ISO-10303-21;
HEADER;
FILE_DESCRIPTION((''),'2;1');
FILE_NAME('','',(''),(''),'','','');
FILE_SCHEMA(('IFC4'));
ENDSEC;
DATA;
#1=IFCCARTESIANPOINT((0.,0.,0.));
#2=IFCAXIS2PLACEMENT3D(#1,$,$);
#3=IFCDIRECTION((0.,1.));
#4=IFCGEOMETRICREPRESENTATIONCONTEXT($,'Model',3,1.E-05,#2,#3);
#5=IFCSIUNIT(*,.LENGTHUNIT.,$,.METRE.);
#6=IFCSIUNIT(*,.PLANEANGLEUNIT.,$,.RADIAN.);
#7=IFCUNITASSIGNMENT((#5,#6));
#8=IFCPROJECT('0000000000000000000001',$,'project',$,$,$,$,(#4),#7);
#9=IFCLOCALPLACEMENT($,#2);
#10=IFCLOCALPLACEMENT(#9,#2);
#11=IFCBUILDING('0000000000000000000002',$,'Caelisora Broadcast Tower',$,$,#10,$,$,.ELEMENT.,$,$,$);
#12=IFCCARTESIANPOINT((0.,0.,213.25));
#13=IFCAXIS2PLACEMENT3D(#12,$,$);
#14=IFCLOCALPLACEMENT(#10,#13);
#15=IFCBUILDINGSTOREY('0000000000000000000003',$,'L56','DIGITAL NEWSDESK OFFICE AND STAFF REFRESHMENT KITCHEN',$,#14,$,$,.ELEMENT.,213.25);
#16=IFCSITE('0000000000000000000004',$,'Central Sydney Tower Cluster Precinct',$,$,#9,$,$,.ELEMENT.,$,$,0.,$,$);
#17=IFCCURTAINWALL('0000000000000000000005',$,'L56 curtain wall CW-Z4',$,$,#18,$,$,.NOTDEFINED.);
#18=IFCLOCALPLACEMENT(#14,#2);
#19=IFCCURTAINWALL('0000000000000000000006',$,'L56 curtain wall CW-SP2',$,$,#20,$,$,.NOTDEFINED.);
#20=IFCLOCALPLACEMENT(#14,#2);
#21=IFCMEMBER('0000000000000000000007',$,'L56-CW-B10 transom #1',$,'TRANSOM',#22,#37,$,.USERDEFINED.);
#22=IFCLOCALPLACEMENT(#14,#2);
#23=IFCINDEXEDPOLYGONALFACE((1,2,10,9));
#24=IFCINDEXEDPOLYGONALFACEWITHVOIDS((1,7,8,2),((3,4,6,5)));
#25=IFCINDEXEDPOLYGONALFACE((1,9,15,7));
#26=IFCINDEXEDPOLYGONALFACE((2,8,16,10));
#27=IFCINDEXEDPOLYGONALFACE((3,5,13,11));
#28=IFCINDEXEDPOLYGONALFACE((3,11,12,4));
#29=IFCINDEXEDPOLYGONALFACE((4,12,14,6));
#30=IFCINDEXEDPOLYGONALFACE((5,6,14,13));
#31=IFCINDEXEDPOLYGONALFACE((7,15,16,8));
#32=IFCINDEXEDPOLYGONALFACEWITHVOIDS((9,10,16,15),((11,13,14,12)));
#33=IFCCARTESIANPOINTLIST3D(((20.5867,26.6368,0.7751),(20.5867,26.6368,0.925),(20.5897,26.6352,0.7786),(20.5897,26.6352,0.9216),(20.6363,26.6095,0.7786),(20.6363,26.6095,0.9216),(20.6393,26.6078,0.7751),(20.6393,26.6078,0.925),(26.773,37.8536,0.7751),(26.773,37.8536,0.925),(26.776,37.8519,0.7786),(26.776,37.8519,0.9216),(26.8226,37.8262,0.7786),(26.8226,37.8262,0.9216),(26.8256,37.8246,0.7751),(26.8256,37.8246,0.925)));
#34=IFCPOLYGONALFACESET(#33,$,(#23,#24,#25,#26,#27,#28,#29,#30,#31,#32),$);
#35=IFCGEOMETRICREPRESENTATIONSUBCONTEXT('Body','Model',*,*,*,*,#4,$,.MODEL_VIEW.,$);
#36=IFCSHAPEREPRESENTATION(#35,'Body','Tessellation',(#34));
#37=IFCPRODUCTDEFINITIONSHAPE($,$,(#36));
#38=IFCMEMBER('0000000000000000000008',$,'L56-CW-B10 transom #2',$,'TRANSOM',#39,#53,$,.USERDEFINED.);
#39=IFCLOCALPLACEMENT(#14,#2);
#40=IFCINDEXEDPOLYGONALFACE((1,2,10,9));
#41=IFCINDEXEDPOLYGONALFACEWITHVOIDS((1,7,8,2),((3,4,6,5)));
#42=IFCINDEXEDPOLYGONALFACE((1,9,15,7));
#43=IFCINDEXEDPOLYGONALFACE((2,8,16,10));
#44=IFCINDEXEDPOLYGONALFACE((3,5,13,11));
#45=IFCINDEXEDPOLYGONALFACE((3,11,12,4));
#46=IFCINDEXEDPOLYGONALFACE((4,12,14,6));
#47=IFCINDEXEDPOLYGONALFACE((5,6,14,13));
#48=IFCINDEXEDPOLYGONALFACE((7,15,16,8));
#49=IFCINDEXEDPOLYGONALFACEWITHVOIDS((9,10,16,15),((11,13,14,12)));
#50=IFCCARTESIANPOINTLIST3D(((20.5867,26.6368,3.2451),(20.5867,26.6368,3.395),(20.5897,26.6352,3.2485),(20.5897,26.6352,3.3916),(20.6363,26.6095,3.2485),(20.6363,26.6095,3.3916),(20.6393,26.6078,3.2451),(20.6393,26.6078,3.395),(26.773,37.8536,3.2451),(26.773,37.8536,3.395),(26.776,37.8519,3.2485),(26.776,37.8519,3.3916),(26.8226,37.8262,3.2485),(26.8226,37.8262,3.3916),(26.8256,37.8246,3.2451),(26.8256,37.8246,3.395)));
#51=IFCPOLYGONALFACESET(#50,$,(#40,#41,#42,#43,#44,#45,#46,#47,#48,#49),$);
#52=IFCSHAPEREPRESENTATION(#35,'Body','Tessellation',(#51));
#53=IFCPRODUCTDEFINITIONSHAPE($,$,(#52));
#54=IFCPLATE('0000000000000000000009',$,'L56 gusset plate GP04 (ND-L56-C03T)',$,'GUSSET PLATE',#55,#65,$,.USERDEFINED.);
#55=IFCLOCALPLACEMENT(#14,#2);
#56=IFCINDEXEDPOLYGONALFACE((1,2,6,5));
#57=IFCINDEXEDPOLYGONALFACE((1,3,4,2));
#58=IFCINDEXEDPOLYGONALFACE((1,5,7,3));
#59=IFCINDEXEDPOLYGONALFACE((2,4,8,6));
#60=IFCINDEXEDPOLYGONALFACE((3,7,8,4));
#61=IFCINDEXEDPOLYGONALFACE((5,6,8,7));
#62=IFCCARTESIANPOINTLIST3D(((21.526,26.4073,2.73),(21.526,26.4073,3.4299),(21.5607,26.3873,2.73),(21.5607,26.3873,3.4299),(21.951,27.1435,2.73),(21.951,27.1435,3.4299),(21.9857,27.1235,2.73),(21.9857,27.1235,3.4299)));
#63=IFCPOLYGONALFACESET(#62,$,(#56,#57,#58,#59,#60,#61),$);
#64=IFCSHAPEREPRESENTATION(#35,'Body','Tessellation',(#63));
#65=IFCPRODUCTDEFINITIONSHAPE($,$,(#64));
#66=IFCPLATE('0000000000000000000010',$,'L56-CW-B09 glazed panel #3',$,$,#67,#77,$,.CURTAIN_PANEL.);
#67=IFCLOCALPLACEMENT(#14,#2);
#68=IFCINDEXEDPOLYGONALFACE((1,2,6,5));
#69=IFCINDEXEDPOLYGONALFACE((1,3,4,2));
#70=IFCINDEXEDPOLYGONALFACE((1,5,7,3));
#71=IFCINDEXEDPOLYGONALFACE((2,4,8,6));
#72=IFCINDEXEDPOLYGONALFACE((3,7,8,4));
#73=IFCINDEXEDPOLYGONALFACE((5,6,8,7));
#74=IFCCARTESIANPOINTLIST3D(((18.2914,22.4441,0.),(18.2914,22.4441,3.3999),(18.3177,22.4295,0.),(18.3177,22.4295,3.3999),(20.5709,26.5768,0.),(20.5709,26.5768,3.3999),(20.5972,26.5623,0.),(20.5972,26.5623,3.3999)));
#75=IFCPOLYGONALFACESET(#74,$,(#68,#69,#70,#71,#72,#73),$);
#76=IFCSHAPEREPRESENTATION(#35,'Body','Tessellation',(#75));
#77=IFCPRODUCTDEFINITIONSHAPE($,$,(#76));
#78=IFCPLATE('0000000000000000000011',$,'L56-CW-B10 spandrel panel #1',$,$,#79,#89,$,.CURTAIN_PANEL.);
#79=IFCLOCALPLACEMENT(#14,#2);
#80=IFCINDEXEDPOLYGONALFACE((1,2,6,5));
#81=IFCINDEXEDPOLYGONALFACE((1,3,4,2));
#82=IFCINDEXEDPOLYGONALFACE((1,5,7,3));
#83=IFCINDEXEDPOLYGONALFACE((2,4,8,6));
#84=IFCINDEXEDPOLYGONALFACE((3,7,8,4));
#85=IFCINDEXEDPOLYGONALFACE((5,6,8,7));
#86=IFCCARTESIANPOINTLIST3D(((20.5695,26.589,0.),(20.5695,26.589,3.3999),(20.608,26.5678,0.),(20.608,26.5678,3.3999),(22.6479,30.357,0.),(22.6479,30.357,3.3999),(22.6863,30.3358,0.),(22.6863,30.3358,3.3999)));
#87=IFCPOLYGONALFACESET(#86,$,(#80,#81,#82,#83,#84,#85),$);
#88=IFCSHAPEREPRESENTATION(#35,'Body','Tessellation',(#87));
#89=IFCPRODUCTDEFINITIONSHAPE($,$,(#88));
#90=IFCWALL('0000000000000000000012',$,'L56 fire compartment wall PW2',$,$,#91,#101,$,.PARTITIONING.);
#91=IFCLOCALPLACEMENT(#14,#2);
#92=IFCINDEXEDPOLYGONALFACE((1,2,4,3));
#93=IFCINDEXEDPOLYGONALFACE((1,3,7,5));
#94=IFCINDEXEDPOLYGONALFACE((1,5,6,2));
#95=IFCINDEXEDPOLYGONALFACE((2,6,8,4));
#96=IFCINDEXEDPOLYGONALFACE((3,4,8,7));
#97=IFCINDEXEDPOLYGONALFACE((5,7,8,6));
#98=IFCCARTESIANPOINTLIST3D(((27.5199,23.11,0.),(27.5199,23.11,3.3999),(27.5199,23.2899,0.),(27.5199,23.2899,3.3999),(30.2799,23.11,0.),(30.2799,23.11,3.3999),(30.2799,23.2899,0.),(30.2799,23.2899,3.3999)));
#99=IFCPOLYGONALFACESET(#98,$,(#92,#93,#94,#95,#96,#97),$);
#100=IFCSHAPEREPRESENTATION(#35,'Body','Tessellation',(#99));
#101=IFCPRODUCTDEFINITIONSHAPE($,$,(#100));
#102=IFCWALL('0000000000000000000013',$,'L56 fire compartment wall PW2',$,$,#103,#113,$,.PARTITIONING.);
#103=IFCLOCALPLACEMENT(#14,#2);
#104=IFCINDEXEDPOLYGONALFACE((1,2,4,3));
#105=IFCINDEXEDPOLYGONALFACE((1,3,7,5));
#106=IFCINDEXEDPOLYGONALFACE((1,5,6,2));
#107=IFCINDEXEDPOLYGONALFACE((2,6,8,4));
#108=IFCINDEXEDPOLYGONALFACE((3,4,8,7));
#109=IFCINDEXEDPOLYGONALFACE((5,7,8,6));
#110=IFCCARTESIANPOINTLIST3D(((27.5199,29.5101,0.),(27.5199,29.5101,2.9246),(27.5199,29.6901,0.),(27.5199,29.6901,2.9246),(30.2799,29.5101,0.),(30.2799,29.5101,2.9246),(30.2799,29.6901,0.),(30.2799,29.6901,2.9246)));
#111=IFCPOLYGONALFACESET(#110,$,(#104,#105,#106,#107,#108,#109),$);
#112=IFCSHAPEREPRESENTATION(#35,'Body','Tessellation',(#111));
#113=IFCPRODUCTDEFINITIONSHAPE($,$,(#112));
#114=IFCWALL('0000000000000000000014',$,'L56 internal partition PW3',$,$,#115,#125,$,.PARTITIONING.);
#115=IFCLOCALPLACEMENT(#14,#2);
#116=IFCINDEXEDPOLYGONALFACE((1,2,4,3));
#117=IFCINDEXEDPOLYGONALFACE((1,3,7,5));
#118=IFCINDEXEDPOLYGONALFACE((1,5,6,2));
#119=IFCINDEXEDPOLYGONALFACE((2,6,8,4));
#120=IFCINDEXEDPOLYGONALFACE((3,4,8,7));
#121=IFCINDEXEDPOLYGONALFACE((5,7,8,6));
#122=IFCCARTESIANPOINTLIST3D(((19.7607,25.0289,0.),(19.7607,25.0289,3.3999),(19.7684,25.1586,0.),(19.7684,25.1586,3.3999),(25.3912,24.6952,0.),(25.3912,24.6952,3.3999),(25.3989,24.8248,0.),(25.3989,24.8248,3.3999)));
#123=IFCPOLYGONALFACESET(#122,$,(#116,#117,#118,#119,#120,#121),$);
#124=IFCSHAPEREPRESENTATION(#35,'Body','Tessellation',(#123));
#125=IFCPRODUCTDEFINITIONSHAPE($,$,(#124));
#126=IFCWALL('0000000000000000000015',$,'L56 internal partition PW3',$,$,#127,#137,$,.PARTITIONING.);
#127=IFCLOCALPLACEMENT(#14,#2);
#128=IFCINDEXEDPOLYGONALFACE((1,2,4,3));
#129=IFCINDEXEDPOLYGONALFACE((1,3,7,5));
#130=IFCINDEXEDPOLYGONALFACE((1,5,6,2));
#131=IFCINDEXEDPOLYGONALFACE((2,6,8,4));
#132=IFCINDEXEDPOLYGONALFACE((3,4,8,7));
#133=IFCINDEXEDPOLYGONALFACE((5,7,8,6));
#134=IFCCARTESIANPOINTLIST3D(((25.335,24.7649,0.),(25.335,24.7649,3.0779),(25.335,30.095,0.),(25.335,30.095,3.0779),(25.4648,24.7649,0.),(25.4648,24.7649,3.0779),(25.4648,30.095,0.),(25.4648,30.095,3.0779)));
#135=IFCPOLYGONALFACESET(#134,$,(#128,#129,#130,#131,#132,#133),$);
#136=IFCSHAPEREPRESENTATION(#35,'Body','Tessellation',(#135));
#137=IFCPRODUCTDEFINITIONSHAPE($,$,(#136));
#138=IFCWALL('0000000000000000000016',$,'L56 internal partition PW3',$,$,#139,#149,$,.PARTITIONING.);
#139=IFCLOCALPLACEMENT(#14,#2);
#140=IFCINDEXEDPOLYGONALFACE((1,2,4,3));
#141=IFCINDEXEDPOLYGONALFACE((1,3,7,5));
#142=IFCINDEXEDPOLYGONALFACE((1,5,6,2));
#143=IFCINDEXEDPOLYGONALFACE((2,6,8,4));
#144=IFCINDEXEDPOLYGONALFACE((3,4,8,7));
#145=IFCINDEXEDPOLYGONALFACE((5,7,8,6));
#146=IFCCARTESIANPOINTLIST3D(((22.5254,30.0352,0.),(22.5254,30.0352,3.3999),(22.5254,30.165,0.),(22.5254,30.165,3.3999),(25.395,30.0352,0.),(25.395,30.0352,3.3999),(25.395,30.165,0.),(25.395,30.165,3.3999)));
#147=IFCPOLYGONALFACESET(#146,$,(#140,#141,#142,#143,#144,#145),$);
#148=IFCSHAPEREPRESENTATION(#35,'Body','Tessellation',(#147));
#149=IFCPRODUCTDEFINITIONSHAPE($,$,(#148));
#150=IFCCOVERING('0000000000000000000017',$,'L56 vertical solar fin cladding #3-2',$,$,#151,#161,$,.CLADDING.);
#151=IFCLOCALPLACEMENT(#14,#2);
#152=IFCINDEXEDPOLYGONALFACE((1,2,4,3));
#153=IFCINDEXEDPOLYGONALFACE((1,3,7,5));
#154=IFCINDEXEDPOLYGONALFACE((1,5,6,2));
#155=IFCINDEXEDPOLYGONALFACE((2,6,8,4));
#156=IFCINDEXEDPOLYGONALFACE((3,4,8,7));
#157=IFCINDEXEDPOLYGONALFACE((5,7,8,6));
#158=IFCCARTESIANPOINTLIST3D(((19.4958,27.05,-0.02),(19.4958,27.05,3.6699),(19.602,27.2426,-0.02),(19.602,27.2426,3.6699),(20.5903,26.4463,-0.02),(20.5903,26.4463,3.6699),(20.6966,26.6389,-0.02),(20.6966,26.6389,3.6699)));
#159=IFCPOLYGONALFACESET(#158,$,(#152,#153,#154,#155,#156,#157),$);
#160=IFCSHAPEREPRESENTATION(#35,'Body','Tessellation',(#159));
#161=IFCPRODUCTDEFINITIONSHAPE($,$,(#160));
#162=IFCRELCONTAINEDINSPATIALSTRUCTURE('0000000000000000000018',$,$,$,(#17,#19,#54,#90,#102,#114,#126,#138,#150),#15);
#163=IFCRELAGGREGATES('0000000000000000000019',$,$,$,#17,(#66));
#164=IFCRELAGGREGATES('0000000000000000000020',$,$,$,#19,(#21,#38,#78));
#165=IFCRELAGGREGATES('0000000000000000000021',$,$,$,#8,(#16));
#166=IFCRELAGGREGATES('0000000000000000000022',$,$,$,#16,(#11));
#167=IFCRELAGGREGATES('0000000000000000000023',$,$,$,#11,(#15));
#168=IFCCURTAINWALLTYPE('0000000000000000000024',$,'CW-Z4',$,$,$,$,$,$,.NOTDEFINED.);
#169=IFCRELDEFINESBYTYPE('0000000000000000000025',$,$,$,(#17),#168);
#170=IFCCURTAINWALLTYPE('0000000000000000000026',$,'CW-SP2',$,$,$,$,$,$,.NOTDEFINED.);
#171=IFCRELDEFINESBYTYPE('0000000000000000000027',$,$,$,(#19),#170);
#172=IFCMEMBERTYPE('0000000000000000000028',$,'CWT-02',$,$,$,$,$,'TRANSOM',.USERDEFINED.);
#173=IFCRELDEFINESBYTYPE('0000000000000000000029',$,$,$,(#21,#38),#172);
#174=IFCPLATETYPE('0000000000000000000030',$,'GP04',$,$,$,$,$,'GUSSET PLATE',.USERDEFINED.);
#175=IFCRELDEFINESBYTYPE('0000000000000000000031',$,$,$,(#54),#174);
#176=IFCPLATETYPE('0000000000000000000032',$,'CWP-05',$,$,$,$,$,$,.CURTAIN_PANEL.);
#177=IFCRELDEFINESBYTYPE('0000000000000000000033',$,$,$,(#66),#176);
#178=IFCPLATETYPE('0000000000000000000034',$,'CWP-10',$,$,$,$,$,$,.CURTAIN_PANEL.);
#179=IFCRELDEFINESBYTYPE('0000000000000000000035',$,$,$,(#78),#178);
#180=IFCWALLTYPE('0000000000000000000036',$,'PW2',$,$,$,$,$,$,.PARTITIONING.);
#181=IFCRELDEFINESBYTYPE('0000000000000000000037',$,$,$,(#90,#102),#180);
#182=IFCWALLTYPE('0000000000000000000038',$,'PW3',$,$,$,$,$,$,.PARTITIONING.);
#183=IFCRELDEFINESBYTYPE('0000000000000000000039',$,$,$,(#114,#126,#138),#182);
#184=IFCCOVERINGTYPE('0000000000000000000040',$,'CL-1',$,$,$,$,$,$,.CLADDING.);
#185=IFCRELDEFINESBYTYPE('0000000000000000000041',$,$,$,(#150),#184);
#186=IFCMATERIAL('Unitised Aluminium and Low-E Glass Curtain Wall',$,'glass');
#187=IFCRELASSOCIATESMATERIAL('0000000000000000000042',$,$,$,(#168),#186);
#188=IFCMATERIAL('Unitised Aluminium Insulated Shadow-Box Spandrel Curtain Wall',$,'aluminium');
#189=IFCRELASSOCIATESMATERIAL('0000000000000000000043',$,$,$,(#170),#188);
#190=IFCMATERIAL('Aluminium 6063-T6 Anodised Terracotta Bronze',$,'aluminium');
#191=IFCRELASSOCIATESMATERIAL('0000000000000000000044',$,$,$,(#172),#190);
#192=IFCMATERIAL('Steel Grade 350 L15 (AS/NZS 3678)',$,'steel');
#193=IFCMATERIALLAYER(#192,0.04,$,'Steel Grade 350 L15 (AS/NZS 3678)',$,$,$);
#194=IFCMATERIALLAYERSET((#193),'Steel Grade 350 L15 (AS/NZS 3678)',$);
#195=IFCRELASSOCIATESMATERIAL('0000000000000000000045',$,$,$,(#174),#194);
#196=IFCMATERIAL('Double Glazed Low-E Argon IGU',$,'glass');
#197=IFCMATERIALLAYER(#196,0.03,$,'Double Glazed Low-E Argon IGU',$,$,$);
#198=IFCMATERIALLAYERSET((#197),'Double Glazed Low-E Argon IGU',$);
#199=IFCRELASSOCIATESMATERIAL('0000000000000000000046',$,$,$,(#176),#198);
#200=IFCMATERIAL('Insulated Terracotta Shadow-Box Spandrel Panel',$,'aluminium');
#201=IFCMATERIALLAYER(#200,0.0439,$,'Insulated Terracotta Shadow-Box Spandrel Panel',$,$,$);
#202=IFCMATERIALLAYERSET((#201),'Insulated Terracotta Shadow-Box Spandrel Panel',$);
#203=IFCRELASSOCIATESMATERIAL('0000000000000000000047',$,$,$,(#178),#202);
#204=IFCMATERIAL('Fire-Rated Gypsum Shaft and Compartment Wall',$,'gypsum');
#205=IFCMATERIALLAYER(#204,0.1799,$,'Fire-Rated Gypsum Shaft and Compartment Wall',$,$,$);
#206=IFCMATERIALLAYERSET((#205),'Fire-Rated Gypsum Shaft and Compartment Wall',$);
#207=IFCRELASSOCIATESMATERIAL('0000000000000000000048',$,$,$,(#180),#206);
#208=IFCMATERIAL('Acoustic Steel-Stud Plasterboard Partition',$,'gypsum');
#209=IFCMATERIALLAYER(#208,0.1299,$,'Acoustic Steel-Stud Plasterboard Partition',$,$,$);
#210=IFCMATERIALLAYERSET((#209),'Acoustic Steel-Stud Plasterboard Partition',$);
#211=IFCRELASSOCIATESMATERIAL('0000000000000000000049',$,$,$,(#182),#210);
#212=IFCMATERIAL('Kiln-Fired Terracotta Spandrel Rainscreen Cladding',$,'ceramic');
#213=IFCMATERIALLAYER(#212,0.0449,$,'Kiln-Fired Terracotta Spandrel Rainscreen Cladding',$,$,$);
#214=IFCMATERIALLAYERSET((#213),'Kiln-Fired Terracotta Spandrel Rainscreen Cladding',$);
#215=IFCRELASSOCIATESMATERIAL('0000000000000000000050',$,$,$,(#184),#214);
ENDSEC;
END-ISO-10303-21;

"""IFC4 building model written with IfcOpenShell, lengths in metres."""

from ifc_helpers import new_model, si_unit, direction, frame, frame_2d, origin, origin_2d, place, context, subcontext, project, spatial, rectangle, hollow_rectangle, extrude, source, transform, mapped, material, layer, layer_set, material_profile, profile_set, type_object, type_shapes, element, aggregate, save


model = new_model("IFC4")

# Units and contexts
model_context = context("Model", 3, precision=1e-05, world=origin(), true_north=direction((0.0, 1.0)))
body_context = subcontext(model_context, "Body", "Model", "MODEL_VIEW")
ifc_project = project(units=[si_unit("LENGTHUNIT", "METRE"), si_unit("PLANEANGLEUNIT", "RADIAN")], contexts=[model_context])

# Site, building, storey
site_placement = place(None, origin())
site = spatial("IfcSite", under=ifc_project, at=site_placement, Name="Central Sydney Tower Cluster Precinct", CompositionType="ELEMENT", RefElevation=0.0)
building_placement = place(site_placement, origin())
building = spatial("IfcBuilding", under=site, at=building_placement, Name="Caelisora Broadcast Tower", CompositionType="ELEMENT")
storey_placement = place(building_placement, frame((0.0, 0.0, 213.25)))
storey = spatial("IfcBuildingStorey", under=building, at=storey_placement, Name="L56", Description="DIGITAL NEWSDESK OFFICE AND STAFF REFRESHMENT KITCHEN", CompositionType="ELEMENT", Elevation=213.25)

# Shared definitions
ifc_material_1 = material(Name="Steel Grade 350 L15 (AS/NZS 3678)", Category="steel")

# Curtain wall
ifc_material_2 = material(Name="Unitised Aluminium and Low-E Glass Curtain Wall", Category="glass")
curtain_wall_type_1 = type_object("IfcCurtainWallType", Name="CW-Z4", PredefinedType="NOTDEFINED", material=ifc_material_2)
curtain_wall_1_placement = place(storey_placement, origin())
curtain_wall_1 = element("IfcCurtainWall", 1, at=curtain_wall_1_placement, inside=storey, type_object=curtain_wall_type_1, Name="L56 curtain wall CW-Z4", PredefinedType="NOTDEFINED")
ifc_material_3 = material(Name="Aluminium 6063-T6 Anodised Terracotta Bronze", Category="aluminium")

# Curtain wall, members
ifc_material_4 = material(Name="Unitised Aluminium Insulated Shadow-Box Spandrel Curtain Wall", Category="aluminium")
curtain_wall_type_2 = type_object("IfcCurtainWallType", Name="CW-SP2", PredefinedType="NOTDEFINED", material=ifc_material_4)
curtain_wall_2_placement = place(storey_placement, origin())
curtain_wall_2 = element("IfcCurtainWall", 2, at=curtain_wall_2_placement, inside=storey, type_object=curtain_wall_type_2, Name="L56 curtain wall CW-SP2", PredefinedType="NOTDEFINED")
ifc_material_profile_1 = material_profile(ifc_material_3, hollow_rectangle(XDim=0.0601, YDim=0.1499, WallThickness=0.0034, at=origin_2d()), Name="Aluminium 6063-T6 Anodised Terracotta Bronze")
ifc_profile_set_1 = profile_set([ifc_material_profile_1], Name="Aluminium 6063-T6 Anodised Terracotta Bronze")
member_type_1 = type_object("IfcMemberType", Name="CWT-02", ElementType="TRANSOM", PredefinedType="USERDEFINED", material=ifc_profile_set_1)
shared_shape_1 = source(origin(), body_context, "Body", "SweptSolid", [
    extrude(hollow_rectangle(XDim=0.0601, YDim=0.1499, WallThickness=0.0034, at=origin_2d()), origin(), (0.0, 0.0, 1.0), 12.8096),
])
type_shapes(member_type_1, [shared_shape_1])
member_1_placement = place(storey_placement, frame((20.613, 26.6223, 0.8501), z_axis=(0.48294, 0.875654, 0.0), x_axis=(-0.875654, 0.48294, 0.0)))
member_1 = element("IfcMember", 3, at=member_1_placement, type_object=member_type_1, Name="L56-CW-B10 transom #1", ObjectType="TRANSOM", PredefinedType="USERDEFINED", context=body_context, shape_type="MappedRepresentation", body=[
    mapped(shared_shape_1, transform((0.0, 0.0, 0.0), scale=1.0)),
])
member_2_placement = place(storey_placement, frame((20.613, 26.6223, 3.3201), z_axis=(0.48294, 0.875654, 0.0), x_axis=(-0.875654, 0.48294, 0.0)))
member_2 = element("IfcMember", 4, at=member_2_placement, type_object=member_type_1, Name="L56-CW-B10 transom #2", ObjectType="TRANSOM", PredefinedType="USERDEFINED", context=body_context, shape_type="MappedRepresentation", body=[
    mapped(shared_shape_1, transform((0.0, 0.0, 0.0), scale=1.0)),
])

# Plates
ifc_layer_1 = layer(ifc_material_1, 0.04, Name="Steel Grade 350 L15 (AS/NZS 3678)")
ifc_layer_set_1 = layer_set([ifc_layer_1], Name="Steel Grade 350 L15 (AS/NZS 3678)")
plate_type_1 = type_object("IfcPlateType", Name="GP04", ElementType="GUSSET PLATE", PredefinedType="USERDEFINED", material=ifc_layer_set_1)
shared_shape_2 = source(origin(), body_context, "Body", "SweptSolid", [
    extrude(rectangle(XDim=0.8501, YDim=0.04, at=origin_2d()), origin(), (0.0, 0.0, 1.0), 0.7),
])
type_shapes(plate_type_1, [shared_shape_2])
plate_1_placement = place(storey_placement, frame((21.7559, 26.7654, 2.73), z_axis=(0.0, 0.0, 1.0), x_axis=(-0.5, -0.866025, 0.0)))
element("IfcPlate", 5, at=plate_1_placement, inside=storey, type_object=plate_type_1, Name="L56 gusset plate GP04 (ND-L56-C03T)", ObjectType="GUSSET PLATE", PredefinedType="USERDEFINED", context=body_context, shape_type="MappedRepresentation", body=[
    mapped(shared_shape_2, transform((0.0, 0.0, 0.0), scale=1.0)),
])
ifc_material_5 = material(Name="Double Glazed Low-E Argon IGU", Category="glass")
ifc_layer_2 = layer(ifc_material_5, 0.03, Name="Double Glazed Low-E Argon IGU")
ifc_layer_set_2 = layer_set([ifc_layer_2], Name="Double Glazed Low-E Argon IGU")
plate_type_2 = type_object("IfcPlateType", Name="CWP-05", PredefinedType="CURTAIN_PANEL", material=ifc_layer_set_2)
shared_shape_3 = source(origin(), body_context, "Body", "SweptSolid", [
    extrude(rectangle(XDim=4.7197, YDim=0.03, at=origin_2d()), origin(), (0.0, 0.0, 1.0), 3.3999),
])
type_shapes(plate_type_2, [shared_shape_3])
plate_2_placement = place(storey_placement, frame((19.4443, 24.5032, 0.0), z_axis=(0.0, 0.0, 1.0), x_axis=(0.482977, 0.875633, 0.0)))
plate_2 = element("IfcPlate", 6, at=plate_2_placement, type_object=plate_type_2, Name="L56-CW-B09 glazed panel #3", PredefinedType="CURTAIN_PANEL", context=body_context, shape_type="MappedRepresentation", body=[
    mapped(shared_shape_3, transform((0.0, 0.0, 0.0), scale=1.0)),
])
aggregate(curtain_wall_1, [plate_2])
ifc_material_6 = material(Name="Insulated Terracotta Shadow-Box Spandrel Panel", Category="aluminium")
ifc_layer_3 = layer(ifc_material_6, 0.0439, Name="Insulated Terracotta Shadow-Box Spandrel Panel")
ifc_layer_set_3 = layer_set([ifc_layer_3], Name="Insulated Terracotta Shadow-Box Spandrel Panel")
plate_type_3 = type_object("IfcPlateType", Name="CWP-10", PredefinedType="CURTAIN_PANEL", material=ifc_layer_set_3)
shared_shape_4 = source(origin(), body_context, "Body", "SweptSolid", [
    extrude(rectangle(XDim=4.3032, YDim=0.0439, at=origin_2d()), origin(), (0.0, 0.0, 1.0), 3.3999),
])
type_shapes(plate_type_3, [shared_shape_4])
plate_3_placement = place(storey_placement, frame((21.6279, 28.4624, 0.0), z_axis=(0.0, 0.0, 1.0), x_axis=(0.482977, 0.875633, 0.0)))
plate_3 = element("IfcPlate", 7, at=plate_3_placement, type_object=plate_type_3, Name="L56-CW-B10 spandrel panel #1", PredefinedType="CURTAIN_PANEL", context=body_context, shape_type="MappedRepresentation", body=[
    mapped(shared_shape_4, transform((0.0, 0.0, 0.0), scale=1.0)),
])
aggregate(curtain_wall_2, [member_1, member_2, plate_3])

# Walls
ifc_material_7 = material(Name="Fire-Rated Gypsum Shaft and Compartment Wall", Category="gypsum")
ifc_layer_4 = layer(ifc_material_7, 0.1799, Name="Fire-Rated Gypsum Shaft and Compartment Wall")
ifc_layer_set_4 = layer_set([ifc_layer_4], Name="Fire-Rated Gypsum Shaft and Compartment Wall")
wall_type_1 = type_object("IfcWallType", Name="PW2", PredefinedType="PARTITIONING", material=ifc_layer_set_4)
wall_1_placement = place(storey_placement, frame((27.52, 23.2, 0.0), z_axis=(0.0, 0.0, 1.0), x_axis=(1.0, 0.0, 0.0)))
element("IfcWall", 8, at=wall_1_placement, inside=storey, type_object=wall_type_1, Name="L56 fire compartment wall PW2", PredefinedType="PARTITIONING", context=body_context, shape_type="SweptSolid", body=[
    extrude(rectangle(XDim=2.76, YDim=0.1799, at=frame_2d((1.3799, 0.0))), origin(), (0.0, 0.0, 1.0), 3.3999),
])
wall_2_placement = place(storey_placement, frame((27.52, 29.6001, 0.0), z_axis=(0.0, 0.0, 1.0), x_axis=(1.0, 0.0, 0.0)))
element("IfcWall", 9, at=wall_2_placement, inside=storey, type_object=wall_type_1, Name="L56 fire compartment wall PW2", PredefinedType="PARTITIONING", context=body_context, shape_type="SweptSolid", body=[
    extrude(rectangle(XDim=2.76, YDim=0.1799, at=frame_2d((1.3799, 0.0))), origin(), (0.0, 0.0, 1.0), 2.9246),
])
ifc_material_8 = material(Name="Acoustic Steel-Stud Plasterboard Partition", Category="gypsum")
ifc_layer_5 = layer(ifc_material_8, 0.1299, Name="Acoustic Steel-Stud Plasterboard Partition")
ifc_layer_set_5 = layer_set([ifc_layer_5], Name="Acoustic Steel-Stud Plasterboard Partition")
wall_type_2 = type_object("IfcWallType", Name="PW3", PredefinedType="PARTITIONING", material=ifc_layer_set_5)
wall_3_placement = place(storey_placement, frame((19.7644, 25.0938, 0.0), z_axis=(0.0, 0.0, 1.0), x_axis=(0.998248, -0.059169, 0.0)))
element("IfcWall", 10, at=wall_3_placement, inside=storey, type_object=wall_type_2, Name="L56 internal partition PW3", PredefinedType="PARTITIONING", context=body_context, shape_type="SweptSolid", body=[
    extrude(rectangle(XDim=5.6404, YDim=0.1299, at=frame_2d((2.8203, 0.0))), origin(), (0.0, 0.0, 1.0), 3.3999),
])
wall_4_placement = place(storey_placement, frame((25.3999, 30.095, 0.0), z_axis=(0.0, 0.0, 1.0), x_axis=(0.0, -1.0, 0.0)))
element("IfcWall", 11, at=wall_4_placement, inside=storey, type_object=wall_type_2, Name="L56 internal partition PW3", PredefinedType="PARTITIONING", context=body_context, shape_type="SweptSolid", body=[
    extrude(rectangle(XDim=5.3301, YDim=0.1299, at=frame_2d((2.665, 0.0))), origin(), (0.0, 0.0, 1.0), 3.0779),
])
wall_5_placement = place(storey_placement, frame((22.5254, 30.1001, 0.0), z_axis=(0.0, 0.0, 1.0), x_axis=(1.0, 0.0, 0.0)))
element("IfcWall", 12, at=wall_5_placement, inside=storey, type_object=wall_type_2, Name="L56 internal partition PW3", PredefinedType="PARTITIONING", context=body_context, shape_type="SweptSolid", body=[
    extrude(rectangle(XDim=2.8696, YDim=0.1299, at=frame_2d((1.4348, 0.0))), origin(), (0.0, 0.0, 1.0), 3.3999),
])

# Covering
ifc_material_9 = material(Name="Kiln-Fired Terracotta Spandrel Rainscreen Cladding", Category="ceramic")
ifc_layer_6 = layer(ifc_material_9, 0.0449, Name="Kiln-Fired Terracotta Spandrel Rainscreen Cladding")
ifc_layer_set_6 = layer_set([ifc_layer_6], Name="Kiln-Fired Terracotta Spandrel Rainscreen Cladding")
covering_type = type_object("IfcCoveringType", Name="CL-1", PredefinedType="CLADDING", material=ifc_layer_set_6)
shared_shape_5 = source(origin(), body_context, "Body", "SweptSolid", [
    extrude(rectangle(XDim=0.22, YDim=1.25, at=origin_2d()), origin(), (0.0, 0.0, 1.0), 3.6899),
])
type_shapes(covering_type, [shared_shape_5])
covering_placement = place(storey_placement, frame((20.0962, 26.8445, -0.02), z_axis=(0.0, 0.0, 1.0), x_axis=(0.482977, 0.875633, 0.0)))
element("IfcCovering", 13, at=covering_placement, inside=storey, type_object=covering_type, Name="L56 vertical solar fin cladding #3-2", PredefinedType="CLADDING", context=body_context, shape_type="MappedRepresentation", body=[
    mapped(shared_shape_5, transform((0.0, 0.0, 0.0), scale=1.0)),
])

save(model, "model.ifc")
